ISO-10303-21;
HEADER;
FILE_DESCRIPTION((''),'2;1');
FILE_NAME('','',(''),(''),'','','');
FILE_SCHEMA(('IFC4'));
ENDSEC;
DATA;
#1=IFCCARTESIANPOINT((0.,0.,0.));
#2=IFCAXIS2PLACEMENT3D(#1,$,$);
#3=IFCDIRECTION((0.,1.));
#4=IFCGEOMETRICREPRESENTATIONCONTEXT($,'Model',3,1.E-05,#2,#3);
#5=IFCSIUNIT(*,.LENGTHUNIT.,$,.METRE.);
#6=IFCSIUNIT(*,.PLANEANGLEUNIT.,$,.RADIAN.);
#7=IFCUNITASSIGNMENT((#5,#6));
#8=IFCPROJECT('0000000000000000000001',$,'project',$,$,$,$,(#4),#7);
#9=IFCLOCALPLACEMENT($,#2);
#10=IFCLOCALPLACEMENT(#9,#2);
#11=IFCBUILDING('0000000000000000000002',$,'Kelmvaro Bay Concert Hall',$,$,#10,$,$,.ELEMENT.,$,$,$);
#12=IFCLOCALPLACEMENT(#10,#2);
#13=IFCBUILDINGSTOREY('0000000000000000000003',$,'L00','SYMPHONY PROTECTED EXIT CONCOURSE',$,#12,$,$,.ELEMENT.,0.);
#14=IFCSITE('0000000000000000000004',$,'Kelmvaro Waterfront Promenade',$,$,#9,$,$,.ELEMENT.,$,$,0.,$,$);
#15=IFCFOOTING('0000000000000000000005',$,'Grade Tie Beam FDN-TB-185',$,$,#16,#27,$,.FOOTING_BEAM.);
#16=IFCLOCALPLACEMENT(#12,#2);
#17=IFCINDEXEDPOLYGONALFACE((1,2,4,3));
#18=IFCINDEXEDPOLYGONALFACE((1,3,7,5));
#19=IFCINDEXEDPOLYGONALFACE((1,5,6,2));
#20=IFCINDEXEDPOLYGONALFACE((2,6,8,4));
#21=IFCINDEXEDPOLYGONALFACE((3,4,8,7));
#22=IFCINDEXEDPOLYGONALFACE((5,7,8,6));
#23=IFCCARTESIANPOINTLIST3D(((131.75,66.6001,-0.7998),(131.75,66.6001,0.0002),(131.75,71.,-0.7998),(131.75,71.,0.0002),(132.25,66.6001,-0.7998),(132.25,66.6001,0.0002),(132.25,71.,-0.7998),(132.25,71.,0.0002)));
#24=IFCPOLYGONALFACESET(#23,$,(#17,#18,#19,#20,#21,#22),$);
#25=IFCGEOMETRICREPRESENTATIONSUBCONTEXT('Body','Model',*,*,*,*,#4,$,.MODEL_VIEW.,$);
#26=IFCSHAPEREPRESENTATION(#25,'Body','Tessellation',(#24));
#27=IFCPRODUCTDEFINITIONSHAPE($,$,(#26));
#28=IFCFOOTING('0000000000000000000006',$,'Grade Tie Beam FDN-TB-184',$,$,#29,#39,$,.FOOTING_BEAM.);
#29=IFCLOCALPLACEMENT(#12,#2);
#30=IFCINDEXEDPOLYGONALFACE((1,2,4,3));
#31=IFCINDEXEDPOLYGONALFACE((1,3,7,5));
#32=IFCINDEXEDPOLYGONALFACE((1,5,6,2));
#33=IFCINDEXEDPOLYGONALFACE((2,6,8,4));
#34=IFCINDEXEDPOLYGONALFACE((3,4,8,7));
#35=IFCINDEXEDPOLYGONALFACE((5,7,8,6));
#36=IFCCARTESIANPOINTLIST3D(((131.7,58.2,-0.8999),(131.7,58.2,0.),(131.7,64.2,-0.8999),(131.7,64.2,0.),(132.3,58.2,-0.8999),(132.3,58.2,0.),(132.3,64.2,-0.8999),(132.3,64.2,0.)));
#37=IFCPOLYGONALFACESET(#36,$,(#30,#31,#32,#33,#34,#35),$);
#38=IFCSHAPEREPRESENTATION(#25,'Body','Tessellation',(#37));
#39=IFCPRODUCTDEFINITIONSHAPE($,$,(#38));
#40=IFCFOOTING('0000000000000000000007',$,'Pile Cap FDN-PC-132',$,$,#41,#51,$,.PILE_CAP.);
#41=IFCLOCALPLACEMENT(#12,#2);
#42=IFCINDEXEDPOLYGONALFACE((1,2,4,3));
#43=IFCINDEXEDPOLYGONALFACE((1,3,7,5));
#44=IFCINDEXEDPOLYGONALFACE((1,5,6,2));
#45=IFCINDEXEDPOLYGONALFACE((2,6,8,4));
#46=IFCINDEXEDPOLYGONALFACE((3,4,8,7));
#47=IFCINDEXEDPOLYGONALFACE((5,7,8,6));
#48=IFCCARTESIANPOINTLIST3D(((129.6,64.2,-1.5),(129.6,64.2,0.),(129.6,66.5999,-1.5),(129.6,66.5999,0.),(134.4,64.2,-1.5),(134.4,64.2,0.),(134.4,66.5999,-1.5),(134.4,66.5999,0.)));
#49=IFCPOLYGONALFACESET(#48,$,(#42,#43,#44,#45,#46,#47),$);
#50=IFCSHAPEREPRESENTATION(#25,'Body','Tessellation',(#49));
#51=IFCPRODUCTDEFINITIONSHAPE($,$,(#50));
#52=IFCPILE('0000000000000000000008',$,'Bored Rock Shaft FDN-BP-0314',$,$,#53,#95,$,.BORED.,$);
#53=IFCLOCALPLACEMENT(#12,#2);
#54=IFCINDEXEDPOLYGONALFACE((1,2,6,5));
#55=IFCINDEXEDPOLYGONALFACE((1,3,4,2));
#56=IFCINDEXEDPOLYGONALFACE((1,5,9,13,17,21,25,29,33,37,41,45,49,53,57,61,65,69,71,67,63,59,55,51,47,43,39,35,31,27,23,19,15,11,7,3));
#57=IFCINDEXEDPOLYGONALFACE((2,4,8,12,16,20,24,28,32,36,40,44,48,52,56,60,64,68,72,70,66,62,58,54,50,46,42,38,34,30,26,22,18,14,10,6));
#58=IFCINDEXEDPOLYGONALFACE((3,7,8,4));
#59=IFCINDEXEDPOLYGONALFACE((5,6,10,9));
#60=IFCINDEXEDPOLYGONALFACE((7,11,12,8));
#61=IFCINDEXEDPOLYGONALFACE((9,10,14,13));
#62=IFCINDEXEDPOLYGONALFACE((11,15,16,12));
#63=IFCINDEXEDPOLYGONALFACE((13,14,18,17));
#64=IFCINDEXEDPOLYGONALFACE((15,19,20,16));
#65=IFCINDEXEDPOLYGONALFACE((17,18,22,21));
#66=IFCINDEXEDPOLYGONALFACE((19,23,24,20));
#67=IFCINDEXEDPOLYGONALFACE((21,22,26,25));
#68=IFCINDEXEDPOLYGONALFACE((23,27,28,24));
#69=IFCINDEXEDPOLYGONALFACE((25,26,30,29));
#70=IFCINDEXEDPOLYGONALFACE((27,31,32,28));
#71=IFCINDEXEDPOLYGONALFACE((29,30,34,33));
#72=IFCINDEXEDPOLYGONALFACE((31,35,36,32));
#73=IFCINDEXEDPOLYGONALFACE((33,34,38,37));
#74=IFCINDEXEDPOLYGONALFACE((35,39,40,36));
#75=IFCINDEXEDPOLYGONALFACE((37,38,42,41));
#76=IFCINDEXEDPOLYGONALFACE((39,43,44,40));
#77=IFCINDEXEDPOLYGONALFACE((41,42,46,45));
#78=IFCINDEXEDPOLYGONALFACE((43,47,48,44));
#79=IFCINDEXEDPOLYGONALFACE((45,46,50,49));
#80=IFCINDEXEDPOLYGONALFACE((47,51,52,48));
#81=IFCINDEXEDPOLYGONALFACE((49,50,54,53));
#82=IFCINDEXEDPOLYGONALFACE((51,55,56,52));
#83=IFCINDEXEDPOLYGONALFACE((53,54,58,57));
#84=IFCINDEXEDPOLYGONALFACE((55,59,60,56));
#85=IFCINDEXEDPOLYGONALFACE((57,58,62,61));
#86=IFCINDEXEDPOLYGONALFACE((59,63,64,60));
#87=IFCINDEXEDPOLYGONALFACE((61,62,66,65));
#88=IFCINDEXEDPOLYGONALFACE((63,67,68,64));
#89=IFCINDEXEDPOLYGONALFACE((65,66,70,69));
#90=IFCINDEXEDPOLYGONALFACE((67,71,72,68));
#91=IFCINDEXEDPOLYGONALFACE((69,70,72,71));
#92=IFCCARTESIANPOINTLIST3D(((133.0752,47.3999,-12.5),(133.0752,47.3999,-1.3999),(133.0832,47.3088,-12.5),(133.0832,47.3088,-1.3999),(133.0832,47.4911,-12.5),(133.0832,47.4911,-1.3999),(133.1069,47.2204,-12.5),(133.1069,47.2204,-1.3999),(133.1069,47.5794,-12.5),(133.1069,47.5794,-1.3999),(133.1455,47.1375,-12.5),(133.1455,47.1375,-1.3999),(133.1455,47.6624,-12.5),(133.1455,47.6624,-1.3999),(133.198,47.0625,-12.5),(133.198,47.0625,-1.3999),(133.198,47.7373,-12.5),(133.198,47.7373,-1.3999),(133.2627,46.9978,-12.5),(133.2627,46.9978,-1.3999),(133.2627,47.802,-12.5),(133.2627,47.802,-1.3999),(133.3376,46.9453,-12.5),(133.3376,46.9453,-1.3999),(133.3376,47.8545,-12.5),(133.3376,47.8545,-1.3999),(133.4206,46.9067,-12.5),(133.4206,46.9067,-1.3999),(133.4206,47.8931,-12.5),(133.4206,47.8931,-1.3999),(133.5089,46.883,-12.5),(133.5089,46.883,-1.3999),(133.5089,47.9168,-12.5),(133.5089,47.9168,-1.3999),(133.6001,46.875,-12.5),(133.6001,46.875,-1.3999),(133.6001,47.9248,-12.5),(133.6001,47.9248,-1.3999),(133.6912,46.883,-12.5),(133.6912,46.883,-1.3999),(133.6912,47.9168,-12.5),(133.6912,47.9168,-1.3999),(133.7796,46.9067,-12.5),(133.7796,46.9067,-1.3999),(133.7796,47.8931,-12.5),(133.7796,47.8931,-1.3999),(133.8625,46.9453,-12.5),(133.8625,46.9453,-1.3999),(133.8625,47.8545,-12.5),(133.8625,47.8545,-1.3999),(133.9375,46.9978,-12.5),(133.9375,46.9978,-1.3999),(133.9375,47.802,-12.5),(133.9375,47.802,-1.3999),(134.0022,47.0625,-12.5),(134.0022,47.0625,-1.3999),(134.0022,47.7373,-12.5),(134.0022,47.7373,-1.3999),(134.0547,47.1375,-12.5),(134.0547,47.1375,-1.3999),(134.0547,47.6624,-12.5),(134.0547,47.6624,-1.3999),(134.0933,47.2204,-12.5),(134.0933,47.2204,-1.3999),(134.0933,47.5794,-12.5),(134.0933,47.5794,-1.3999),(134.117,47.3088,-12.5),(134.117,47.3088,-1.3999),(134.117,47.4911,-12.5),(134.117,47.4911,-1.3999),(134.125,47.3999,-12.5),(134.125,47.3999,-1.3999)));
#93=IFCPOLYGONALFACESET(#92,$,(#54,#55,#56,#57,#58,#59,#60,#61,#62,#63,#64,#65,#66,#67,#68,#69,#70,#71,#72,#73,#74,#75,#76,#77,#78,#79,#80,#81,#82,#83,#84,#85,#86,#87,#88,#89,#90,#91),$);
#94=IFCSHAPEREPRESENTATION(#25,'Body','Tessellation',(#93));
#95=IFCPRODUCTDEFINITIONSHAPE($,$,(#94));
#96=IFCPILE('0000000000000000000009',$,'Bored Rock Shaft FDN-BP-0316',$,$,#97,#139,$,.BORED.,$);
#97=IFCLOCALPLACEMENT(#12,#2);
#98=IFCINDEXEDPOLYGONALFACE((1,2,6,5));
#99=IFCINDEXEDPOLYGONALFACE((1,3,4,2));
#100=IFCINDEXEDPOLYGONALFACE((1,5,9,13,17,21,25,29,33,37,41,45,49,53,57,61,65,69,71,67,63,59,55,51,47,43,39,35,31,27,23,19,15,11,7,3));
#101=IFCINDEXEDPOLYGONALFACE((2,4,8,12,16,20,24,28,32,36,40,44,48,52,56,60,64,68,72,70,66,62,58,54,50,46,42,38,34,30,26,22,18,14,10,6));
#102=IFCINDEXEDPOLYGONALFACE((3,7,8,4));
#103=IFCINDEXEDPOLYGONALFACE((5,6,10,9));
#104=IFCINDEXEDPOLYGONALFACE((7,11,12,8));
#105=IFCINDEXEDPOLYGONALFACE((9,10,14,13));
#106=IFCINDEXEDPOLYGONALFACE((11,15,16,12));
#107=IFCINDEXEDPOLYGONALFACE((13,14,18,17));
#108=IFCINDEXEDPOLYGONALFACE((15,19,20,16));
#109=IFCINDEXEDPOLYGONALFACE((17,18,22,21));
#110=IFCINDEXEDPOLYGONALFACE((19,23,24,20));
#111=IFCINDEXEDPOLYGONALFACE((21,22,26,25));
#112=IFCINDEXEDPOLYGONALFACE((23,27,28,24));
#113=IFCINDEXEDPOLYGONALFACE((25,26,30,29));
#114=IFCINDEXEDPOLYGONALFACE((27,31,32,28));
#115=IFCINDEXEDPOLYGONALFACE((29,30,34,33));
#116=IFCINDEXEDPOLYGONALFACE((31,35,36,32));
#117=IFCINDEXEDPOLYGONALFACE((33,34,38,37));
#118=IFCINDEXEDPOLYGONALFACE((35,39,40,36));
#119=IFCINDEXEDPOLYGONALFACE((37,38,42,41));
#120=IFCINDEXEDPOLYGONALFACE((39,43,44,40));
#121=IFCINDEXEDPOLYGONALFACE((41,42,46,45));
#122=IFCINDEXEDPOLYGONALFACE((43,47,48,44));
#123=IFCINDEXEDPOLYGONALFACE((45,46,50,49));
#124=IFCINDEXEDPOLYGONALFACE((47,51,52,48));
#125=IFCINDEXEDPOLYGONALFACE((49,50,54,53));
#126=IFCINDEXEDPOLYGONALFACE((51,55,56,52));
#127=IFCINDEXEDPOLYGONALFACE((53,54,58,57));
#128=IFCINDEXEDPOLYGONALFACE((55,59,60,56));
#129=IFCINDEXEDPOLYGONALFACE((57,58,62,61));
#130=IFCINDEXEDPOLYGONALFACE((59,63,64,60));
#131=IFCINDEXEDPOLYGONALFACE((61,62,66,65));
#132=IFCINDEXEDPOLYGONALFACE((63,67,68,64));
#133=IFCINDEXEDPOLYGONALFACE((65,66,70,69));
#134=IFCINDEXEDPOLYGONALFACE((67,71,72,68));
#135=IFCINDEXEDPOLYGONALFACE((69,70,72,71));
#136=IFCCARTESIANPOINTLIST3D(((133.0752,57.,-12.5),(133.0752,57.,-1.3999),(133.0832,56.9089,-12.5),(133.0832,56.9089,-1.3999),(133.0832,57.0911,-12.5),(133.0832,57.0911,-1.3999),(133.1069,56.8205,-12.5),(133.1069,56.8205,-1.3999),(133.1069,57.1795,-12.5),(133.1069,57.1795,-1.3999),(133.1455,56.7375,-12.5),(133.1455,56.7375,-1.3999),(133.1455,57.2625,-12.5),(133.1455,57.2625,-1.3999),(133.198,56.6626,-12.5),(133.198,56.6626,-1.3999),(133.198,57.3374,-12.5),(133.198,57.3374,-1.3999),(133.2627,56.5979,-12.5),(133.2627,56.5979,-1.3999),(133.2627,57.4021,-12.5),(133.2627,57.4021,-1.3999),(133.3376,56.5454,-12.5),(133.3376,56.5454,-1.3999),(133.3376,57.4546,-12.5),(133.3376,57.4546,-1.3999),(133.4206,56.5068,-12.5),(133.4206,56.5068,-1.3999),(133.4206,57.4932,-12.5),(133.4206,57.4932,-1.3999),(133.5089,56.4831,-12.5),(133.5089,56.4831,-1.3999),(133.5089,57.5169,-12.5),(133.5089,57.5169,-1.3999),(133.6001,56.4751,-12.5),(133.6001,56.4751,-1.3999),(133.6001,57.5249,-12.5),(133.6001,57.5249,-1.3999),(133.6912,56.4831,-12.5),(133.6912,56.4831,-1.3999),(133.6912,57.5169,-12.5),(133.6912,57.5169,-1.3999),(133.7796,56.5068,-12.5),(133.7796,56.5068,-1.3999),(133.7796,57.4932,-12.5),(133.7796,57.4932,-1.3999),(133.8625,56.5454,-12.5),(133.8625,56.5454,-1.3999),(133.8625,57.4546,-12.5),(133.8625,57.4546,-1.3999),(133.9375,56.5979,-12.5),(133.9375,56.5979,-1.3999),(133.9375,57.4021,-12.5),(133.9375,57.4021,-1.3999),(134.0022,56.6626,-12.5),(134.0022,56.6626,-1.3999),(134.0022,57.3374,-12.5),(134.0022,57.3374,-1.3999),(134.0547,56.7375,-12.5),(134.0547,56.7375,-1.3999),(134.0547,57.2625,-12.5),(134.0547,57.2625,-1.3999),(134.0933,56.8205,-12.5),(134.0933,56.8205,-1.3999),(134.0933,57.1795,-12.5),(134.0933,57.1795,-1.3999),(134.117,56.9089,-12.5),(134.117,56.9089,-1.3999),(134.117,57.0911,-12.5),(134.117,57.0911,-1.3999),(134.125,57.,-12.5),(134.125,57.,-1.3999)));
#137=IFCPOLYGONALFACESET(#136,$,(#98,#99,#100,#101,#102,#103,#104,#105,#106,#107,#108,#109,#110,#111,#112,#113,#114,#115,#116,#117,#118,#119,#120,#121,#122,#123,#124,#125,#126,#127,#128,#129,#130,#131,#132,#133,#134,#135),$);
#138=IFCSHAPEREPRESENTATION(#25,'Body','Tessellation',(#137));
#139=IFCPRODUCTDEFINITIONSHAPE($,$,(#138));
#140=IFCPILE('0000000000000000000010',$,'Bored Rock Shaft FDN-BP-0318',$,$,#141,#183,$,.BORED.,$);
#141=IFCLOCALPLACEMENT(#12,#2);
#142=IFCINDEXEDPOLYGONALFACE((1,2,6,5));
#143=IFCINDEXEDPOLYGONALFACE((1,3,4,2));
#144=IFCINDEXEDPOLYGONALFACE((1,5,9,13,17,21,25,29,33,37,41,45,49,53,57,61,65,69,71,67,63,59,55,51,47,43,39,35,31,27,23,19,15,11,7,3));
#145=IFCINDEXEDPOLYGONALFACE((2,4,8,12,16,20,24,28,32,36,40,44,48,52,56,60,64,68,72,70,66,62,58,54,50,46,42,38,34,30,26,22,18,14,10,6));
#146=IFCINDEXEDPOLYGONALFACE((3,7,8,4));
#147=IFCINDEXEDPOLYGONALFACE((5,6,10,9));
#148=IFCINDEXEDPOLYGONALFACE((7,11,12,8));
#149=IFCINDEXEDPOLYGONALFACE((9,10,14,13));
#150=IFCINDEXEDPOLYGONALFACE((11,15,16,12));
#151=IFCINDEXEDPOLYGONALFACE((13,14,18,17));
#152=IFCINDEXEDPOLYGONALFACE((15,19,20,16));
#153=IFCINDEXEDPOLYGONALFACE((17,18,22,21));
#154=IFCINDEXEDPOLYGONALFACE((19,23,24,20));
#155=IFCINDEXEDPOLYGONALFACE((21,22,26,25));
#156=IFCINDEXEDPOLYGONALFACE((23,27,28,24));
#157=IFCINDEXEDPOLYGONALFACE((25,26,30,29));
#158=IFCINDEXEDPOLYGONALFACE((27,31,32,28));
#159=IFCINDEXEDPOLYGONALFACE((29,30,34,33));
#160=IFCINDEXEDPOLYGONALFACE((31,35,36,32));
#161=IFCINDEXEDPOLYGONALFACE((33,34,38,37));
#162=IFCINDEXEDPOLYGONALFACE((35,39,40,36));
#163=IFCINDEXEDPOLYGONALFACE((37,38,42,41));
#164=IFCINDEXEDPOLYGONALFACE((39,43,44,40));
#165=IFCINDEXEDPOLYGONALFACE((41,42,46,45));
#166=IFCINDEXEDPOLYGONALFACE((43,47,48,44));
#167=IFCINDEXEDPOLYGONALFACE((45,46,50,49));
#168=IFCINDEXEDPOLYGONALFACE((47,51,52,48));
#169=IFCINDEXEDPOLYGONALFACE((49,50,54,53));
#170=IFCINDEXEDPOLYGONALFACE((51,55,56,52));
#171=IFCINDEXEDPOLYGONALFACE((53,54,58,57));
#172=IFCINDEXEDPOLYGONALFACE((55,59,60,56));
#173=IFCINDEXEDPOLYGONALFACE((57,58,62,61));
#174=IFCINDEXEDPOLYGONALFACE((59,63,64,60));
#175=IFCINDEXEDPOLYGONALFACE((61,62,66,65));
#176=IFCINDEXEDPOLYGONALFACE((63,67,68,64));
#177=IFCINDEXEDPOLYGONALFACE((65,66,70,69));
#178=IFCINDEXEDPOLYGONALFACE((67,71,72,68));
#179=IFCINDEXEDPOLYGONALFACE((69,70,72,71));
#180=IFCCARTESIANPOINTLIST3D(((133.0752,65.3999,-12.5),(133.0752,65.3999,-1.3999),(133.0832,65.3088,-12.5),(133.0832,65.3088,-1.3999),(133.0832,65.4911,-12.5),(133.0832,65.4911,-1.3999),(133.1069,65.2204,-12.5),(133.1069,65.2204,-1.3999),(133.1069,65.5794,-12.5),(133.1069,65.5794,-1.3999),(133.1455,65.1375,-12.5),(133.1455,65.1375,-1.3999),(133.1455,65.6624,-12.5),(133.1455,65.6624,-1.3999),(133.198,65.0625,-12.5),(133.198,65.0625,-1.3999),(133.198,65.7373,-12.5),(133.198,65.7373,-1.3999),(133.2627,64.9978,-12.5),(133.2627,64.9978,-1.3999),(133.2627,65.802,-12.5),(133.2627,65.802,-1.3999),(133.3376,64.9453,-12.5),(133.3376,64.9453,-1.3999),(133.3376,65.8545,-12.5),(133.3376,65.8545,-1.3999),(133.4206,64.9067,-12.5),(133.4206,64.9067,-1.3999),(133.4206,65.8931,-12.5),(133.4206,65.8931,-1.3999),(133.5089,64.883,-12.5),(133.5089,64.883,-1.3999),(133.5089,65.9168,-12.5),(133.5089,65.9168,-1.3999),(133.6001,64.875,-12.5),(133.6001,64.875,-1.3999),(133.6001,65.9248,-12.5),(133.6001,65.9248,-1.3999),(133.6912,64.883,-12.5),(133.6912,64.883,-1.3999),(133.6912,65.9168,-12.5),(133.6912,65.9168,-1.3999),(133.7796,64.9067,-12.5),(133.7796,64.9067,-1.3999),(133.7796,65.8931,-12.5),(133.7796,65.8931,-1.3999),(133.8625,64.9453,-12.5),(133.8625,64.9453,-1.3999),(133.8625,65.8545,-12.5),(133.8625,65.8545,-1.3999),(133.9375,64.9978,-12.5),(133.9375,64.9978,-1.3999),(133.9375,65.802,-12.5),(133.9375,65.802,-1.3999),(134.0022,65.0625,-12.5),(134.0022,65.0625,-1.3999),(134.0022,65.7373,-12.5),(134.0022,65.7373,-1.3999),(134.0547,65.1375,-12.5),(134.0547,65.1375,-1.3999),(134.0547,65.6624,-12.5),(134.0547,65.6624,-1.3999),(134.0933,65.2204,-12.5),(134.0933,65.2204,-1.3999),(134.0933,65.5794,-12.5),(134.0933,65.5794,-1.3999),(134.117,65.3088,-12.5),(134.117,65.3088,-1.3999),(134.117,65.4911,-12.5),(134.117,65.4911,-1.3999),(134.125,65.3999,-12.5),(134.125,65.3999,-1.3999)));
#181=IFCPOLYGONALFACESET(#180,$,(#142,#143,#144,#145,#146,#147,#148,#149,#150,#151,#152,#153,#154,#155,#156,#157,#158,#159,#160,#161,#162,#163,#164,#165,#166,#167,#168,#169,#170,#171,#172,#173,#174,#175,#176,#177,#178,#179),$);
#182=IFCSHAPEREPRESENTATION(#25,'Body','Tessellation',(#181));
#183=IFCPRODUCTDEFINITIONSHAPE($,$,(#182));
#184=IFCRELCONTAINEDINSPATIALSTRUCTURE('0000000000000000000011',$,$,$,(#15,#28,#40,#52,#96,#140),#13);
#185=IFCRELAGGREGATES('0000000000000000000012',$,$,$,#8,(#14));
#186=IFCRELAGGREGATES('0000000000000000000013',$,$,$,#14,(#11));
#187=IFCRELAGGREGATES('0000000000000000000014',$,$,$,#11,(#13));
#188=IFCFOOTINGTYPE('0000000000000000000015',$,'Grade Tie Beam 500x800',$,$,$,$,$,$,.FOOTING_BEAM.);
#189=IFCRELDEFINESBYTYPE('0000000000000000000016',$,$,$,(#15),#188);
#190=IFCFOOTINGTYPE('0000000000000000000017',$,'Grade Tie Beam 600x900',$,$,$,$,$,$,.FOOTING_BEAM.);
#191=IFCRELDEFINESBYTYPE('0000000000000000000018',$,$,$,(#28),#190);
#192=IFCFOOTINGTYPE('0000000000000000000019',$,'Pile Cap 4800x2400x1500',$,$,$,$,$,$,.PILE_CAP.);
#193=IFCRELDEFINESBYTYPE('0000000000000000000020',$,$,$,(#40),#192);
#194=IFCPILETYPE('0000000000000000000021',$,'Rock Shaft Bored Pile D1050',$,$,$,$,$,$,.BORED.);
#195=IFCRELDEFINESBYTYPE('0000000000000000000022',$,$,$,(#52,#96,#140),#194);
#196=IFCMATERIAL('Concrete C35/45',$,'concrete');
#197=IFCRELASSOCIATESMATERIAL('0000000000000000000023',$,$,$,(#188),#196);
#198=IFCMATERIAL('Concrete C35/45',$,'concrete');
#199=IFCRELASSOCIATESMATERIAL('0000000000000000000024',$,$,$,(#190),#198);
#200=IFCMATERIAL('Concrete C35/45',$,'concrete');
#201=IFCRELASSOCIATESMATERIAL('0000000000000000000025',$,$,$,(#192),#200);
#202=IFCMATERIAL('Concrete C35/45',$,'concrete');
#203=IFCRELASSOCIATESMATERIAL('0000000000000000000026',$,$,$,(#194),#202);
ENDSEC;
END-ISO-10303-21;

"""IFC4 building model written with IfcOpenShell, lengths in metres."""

from ifc_helpers import new_model, si_unit, direction, frame, origin, origin_2d, place, context, subcontext, project, spatial, rectangle, circle, extrude, material, material_profile, profile_set, type_object, element, save


model = new_model("IFC4")

# Units and contexts
model_context = context("Model", 3, precision=1e-05, world=origin(), true_north=direction((0.0, 1.0)))
body_context = subcontext(model_context, "Body", "Model", "MODEL_VIEW")
ifc_project = project(units=[si_unit("LENGTHUNIT", "METRE"), si_unit("PLANEANGLEUNIT", "RADIAN")], contexts=[model_context])

# Site, building, storey
site_placement = place(None, origin())
site = spatial("IfcSite", under=ifc_project, at=site_placement, Name="Kelmvaro Waterfront Promenade", CompositionType="ELEMENT", RefElevation=0.0)
building_placement = place(site_placement, origin())
building = spatial("IfcBuilding", under=site, at=building_placement, Name="Kelmvaro Bay Concert Hall", CompositionType="ELEMENT")
storey_placement = place(building_placement, origin())
storey = spatial("IfcBuildingStorey", under=building, at=storey_placement, Name="L00", Description="SYMPHONY PROTECTED EXIT CONCOURSE", CompositionType="ELEMENT", Elevation=0.0)

# Footings
ifc_material_1 = material(Name="Concrete C35/45", Category="concrete")
footing_type_1 = type_object("IfcFootingType", Name="Grade Tie Beam 500x800", PredefinedType="FOOTING_BEAM", material=ifc_material_1)
footing_1_placement = place(storey_placement, frame((132.0, 68.8, -0.7998), z_axis=(0.0, 0.0, 1.0), x_axis=(0.0, 1.0, 0.0)))
element("IfcFooting", 1, at=footing_1_placement, inside=storey, type_object=footing_type_1, Name="Grade Tie Beam FDN-TB-185", PredefinedType="FOOTING_BEAM", context=body_context, shape_type="SweptSolid", body=[
    extrude(rectangle(XDim=4.3999, YDim=0.5, at=origin_2d()), origin(), (0.0, 0.0, 1.0), 0.8),
])
ifc_material_2 = material(Name="Concrete C35/45", Category="concrete")
footing_type_2 = type_object("IfcFootingType", Name="Grade Tie Beam 600x900", PredefinedType="FOOTING_BEAM", material=ifc_material_2)
footing_2_placement = place(storey_placement, frame((132.0, 61.2, -0.8999), z_axis=(0.0, 0.0, 1.0), x_axis=(0.0, 1.0, 0.0)))
element("IfcFooting", 2, at=footing_2_placement, inside=storey, type_object=footing_type_2, Name="Grade Tie Beam FDN-TB-184", PredefinedType="FOOTING_BEAM", context=body_context, shape_type="SweptSolid", body=[
    extrude(rectangle(XDim=6.0, YDim=0.6001, at=origin_2d()), origin(), (0.0, 0.0, 1.0), 0.8999),
])
ifc_material_3 = material(Name="Concrete C35/45", Category="concrete")
footing_type_3 = type_object("IfcFootingType", Name="Pile Cap 4800x2400x1500", PredefinedType="PILE_CAP", material=ifc_material_3)
footing_3_placement = place(storey_placement, frame((132.0, 65.3999, -1.5), z_axis=(0.0, 0.0, 1.0), x_axis=(1.0, 0.0, 0.0)))
element("IfcFooting", 3, at=footing_3_placement, inside=storey, type_object=footing_type_3, Name="Pile Cap FDN-PC-132", PredefinedType="PILE_CAP", context=body_context, shape_type="SweptSolid", body=[
    extrude(rectangle(XDim=4.8, YDim=2.3999, at=origin_2d()), origin(), (0.0, 0.0, 1.0), 1.5),
])

# Piles
ifc_material_4 = material(Name="Concrete C35/45", Category="concrete")
ifc_material_profile_1 = material_profile(ifc_material_4, circle(Radius=0.5249, at=origin_2d()), Name="PILE-BORED-1050")
ifc_profile_set_1 = profile_set([ifc_material_profile_1], Name="Concrete C35/45")
pile_type = type_object("IfcPileType", Name="Rock Shaft Bored Pile D1050", PredefinedType="BORED", material=ifc_profile_set_1)
for number, where, z_axis, x_axis, name in (
    (4, (133.6001, 47.3999, -1.3999), (0.0, 0.0, -1.0), (1.0, 0.0, 0.0), "Bored Rock Shaft FDN-BP-0314"),
    (5, (133.6001, 57.0, -1.3999), (0.0, 0.0, -1.0), (1.0, 0.0, 0.0), "Bored Rock Shaft FDN-BP-0316"),
    (6, (133.6001, 65.3999, -1.3999), (0.0, 0.0, -1.0), (1.0, 0.0, 0.0), "Bored Rock Shaft FDN-BP-0318"),
):
    element("IfcPile", number, at=place(storey_placement, frame(where, z_axis=z_axis, x_axis=x_axis)), inside=storey, type_object=pile_type, Name=name, PredefinedType="BORED", context=body_context, shape_type="SweptSolid", body=[
        extrude(circle(Radius=0.5249, at=origin_2d()), origin(), (0.0, 0.0, 1.0), 11.1001),
    ])

save(model, "model.ifc")
